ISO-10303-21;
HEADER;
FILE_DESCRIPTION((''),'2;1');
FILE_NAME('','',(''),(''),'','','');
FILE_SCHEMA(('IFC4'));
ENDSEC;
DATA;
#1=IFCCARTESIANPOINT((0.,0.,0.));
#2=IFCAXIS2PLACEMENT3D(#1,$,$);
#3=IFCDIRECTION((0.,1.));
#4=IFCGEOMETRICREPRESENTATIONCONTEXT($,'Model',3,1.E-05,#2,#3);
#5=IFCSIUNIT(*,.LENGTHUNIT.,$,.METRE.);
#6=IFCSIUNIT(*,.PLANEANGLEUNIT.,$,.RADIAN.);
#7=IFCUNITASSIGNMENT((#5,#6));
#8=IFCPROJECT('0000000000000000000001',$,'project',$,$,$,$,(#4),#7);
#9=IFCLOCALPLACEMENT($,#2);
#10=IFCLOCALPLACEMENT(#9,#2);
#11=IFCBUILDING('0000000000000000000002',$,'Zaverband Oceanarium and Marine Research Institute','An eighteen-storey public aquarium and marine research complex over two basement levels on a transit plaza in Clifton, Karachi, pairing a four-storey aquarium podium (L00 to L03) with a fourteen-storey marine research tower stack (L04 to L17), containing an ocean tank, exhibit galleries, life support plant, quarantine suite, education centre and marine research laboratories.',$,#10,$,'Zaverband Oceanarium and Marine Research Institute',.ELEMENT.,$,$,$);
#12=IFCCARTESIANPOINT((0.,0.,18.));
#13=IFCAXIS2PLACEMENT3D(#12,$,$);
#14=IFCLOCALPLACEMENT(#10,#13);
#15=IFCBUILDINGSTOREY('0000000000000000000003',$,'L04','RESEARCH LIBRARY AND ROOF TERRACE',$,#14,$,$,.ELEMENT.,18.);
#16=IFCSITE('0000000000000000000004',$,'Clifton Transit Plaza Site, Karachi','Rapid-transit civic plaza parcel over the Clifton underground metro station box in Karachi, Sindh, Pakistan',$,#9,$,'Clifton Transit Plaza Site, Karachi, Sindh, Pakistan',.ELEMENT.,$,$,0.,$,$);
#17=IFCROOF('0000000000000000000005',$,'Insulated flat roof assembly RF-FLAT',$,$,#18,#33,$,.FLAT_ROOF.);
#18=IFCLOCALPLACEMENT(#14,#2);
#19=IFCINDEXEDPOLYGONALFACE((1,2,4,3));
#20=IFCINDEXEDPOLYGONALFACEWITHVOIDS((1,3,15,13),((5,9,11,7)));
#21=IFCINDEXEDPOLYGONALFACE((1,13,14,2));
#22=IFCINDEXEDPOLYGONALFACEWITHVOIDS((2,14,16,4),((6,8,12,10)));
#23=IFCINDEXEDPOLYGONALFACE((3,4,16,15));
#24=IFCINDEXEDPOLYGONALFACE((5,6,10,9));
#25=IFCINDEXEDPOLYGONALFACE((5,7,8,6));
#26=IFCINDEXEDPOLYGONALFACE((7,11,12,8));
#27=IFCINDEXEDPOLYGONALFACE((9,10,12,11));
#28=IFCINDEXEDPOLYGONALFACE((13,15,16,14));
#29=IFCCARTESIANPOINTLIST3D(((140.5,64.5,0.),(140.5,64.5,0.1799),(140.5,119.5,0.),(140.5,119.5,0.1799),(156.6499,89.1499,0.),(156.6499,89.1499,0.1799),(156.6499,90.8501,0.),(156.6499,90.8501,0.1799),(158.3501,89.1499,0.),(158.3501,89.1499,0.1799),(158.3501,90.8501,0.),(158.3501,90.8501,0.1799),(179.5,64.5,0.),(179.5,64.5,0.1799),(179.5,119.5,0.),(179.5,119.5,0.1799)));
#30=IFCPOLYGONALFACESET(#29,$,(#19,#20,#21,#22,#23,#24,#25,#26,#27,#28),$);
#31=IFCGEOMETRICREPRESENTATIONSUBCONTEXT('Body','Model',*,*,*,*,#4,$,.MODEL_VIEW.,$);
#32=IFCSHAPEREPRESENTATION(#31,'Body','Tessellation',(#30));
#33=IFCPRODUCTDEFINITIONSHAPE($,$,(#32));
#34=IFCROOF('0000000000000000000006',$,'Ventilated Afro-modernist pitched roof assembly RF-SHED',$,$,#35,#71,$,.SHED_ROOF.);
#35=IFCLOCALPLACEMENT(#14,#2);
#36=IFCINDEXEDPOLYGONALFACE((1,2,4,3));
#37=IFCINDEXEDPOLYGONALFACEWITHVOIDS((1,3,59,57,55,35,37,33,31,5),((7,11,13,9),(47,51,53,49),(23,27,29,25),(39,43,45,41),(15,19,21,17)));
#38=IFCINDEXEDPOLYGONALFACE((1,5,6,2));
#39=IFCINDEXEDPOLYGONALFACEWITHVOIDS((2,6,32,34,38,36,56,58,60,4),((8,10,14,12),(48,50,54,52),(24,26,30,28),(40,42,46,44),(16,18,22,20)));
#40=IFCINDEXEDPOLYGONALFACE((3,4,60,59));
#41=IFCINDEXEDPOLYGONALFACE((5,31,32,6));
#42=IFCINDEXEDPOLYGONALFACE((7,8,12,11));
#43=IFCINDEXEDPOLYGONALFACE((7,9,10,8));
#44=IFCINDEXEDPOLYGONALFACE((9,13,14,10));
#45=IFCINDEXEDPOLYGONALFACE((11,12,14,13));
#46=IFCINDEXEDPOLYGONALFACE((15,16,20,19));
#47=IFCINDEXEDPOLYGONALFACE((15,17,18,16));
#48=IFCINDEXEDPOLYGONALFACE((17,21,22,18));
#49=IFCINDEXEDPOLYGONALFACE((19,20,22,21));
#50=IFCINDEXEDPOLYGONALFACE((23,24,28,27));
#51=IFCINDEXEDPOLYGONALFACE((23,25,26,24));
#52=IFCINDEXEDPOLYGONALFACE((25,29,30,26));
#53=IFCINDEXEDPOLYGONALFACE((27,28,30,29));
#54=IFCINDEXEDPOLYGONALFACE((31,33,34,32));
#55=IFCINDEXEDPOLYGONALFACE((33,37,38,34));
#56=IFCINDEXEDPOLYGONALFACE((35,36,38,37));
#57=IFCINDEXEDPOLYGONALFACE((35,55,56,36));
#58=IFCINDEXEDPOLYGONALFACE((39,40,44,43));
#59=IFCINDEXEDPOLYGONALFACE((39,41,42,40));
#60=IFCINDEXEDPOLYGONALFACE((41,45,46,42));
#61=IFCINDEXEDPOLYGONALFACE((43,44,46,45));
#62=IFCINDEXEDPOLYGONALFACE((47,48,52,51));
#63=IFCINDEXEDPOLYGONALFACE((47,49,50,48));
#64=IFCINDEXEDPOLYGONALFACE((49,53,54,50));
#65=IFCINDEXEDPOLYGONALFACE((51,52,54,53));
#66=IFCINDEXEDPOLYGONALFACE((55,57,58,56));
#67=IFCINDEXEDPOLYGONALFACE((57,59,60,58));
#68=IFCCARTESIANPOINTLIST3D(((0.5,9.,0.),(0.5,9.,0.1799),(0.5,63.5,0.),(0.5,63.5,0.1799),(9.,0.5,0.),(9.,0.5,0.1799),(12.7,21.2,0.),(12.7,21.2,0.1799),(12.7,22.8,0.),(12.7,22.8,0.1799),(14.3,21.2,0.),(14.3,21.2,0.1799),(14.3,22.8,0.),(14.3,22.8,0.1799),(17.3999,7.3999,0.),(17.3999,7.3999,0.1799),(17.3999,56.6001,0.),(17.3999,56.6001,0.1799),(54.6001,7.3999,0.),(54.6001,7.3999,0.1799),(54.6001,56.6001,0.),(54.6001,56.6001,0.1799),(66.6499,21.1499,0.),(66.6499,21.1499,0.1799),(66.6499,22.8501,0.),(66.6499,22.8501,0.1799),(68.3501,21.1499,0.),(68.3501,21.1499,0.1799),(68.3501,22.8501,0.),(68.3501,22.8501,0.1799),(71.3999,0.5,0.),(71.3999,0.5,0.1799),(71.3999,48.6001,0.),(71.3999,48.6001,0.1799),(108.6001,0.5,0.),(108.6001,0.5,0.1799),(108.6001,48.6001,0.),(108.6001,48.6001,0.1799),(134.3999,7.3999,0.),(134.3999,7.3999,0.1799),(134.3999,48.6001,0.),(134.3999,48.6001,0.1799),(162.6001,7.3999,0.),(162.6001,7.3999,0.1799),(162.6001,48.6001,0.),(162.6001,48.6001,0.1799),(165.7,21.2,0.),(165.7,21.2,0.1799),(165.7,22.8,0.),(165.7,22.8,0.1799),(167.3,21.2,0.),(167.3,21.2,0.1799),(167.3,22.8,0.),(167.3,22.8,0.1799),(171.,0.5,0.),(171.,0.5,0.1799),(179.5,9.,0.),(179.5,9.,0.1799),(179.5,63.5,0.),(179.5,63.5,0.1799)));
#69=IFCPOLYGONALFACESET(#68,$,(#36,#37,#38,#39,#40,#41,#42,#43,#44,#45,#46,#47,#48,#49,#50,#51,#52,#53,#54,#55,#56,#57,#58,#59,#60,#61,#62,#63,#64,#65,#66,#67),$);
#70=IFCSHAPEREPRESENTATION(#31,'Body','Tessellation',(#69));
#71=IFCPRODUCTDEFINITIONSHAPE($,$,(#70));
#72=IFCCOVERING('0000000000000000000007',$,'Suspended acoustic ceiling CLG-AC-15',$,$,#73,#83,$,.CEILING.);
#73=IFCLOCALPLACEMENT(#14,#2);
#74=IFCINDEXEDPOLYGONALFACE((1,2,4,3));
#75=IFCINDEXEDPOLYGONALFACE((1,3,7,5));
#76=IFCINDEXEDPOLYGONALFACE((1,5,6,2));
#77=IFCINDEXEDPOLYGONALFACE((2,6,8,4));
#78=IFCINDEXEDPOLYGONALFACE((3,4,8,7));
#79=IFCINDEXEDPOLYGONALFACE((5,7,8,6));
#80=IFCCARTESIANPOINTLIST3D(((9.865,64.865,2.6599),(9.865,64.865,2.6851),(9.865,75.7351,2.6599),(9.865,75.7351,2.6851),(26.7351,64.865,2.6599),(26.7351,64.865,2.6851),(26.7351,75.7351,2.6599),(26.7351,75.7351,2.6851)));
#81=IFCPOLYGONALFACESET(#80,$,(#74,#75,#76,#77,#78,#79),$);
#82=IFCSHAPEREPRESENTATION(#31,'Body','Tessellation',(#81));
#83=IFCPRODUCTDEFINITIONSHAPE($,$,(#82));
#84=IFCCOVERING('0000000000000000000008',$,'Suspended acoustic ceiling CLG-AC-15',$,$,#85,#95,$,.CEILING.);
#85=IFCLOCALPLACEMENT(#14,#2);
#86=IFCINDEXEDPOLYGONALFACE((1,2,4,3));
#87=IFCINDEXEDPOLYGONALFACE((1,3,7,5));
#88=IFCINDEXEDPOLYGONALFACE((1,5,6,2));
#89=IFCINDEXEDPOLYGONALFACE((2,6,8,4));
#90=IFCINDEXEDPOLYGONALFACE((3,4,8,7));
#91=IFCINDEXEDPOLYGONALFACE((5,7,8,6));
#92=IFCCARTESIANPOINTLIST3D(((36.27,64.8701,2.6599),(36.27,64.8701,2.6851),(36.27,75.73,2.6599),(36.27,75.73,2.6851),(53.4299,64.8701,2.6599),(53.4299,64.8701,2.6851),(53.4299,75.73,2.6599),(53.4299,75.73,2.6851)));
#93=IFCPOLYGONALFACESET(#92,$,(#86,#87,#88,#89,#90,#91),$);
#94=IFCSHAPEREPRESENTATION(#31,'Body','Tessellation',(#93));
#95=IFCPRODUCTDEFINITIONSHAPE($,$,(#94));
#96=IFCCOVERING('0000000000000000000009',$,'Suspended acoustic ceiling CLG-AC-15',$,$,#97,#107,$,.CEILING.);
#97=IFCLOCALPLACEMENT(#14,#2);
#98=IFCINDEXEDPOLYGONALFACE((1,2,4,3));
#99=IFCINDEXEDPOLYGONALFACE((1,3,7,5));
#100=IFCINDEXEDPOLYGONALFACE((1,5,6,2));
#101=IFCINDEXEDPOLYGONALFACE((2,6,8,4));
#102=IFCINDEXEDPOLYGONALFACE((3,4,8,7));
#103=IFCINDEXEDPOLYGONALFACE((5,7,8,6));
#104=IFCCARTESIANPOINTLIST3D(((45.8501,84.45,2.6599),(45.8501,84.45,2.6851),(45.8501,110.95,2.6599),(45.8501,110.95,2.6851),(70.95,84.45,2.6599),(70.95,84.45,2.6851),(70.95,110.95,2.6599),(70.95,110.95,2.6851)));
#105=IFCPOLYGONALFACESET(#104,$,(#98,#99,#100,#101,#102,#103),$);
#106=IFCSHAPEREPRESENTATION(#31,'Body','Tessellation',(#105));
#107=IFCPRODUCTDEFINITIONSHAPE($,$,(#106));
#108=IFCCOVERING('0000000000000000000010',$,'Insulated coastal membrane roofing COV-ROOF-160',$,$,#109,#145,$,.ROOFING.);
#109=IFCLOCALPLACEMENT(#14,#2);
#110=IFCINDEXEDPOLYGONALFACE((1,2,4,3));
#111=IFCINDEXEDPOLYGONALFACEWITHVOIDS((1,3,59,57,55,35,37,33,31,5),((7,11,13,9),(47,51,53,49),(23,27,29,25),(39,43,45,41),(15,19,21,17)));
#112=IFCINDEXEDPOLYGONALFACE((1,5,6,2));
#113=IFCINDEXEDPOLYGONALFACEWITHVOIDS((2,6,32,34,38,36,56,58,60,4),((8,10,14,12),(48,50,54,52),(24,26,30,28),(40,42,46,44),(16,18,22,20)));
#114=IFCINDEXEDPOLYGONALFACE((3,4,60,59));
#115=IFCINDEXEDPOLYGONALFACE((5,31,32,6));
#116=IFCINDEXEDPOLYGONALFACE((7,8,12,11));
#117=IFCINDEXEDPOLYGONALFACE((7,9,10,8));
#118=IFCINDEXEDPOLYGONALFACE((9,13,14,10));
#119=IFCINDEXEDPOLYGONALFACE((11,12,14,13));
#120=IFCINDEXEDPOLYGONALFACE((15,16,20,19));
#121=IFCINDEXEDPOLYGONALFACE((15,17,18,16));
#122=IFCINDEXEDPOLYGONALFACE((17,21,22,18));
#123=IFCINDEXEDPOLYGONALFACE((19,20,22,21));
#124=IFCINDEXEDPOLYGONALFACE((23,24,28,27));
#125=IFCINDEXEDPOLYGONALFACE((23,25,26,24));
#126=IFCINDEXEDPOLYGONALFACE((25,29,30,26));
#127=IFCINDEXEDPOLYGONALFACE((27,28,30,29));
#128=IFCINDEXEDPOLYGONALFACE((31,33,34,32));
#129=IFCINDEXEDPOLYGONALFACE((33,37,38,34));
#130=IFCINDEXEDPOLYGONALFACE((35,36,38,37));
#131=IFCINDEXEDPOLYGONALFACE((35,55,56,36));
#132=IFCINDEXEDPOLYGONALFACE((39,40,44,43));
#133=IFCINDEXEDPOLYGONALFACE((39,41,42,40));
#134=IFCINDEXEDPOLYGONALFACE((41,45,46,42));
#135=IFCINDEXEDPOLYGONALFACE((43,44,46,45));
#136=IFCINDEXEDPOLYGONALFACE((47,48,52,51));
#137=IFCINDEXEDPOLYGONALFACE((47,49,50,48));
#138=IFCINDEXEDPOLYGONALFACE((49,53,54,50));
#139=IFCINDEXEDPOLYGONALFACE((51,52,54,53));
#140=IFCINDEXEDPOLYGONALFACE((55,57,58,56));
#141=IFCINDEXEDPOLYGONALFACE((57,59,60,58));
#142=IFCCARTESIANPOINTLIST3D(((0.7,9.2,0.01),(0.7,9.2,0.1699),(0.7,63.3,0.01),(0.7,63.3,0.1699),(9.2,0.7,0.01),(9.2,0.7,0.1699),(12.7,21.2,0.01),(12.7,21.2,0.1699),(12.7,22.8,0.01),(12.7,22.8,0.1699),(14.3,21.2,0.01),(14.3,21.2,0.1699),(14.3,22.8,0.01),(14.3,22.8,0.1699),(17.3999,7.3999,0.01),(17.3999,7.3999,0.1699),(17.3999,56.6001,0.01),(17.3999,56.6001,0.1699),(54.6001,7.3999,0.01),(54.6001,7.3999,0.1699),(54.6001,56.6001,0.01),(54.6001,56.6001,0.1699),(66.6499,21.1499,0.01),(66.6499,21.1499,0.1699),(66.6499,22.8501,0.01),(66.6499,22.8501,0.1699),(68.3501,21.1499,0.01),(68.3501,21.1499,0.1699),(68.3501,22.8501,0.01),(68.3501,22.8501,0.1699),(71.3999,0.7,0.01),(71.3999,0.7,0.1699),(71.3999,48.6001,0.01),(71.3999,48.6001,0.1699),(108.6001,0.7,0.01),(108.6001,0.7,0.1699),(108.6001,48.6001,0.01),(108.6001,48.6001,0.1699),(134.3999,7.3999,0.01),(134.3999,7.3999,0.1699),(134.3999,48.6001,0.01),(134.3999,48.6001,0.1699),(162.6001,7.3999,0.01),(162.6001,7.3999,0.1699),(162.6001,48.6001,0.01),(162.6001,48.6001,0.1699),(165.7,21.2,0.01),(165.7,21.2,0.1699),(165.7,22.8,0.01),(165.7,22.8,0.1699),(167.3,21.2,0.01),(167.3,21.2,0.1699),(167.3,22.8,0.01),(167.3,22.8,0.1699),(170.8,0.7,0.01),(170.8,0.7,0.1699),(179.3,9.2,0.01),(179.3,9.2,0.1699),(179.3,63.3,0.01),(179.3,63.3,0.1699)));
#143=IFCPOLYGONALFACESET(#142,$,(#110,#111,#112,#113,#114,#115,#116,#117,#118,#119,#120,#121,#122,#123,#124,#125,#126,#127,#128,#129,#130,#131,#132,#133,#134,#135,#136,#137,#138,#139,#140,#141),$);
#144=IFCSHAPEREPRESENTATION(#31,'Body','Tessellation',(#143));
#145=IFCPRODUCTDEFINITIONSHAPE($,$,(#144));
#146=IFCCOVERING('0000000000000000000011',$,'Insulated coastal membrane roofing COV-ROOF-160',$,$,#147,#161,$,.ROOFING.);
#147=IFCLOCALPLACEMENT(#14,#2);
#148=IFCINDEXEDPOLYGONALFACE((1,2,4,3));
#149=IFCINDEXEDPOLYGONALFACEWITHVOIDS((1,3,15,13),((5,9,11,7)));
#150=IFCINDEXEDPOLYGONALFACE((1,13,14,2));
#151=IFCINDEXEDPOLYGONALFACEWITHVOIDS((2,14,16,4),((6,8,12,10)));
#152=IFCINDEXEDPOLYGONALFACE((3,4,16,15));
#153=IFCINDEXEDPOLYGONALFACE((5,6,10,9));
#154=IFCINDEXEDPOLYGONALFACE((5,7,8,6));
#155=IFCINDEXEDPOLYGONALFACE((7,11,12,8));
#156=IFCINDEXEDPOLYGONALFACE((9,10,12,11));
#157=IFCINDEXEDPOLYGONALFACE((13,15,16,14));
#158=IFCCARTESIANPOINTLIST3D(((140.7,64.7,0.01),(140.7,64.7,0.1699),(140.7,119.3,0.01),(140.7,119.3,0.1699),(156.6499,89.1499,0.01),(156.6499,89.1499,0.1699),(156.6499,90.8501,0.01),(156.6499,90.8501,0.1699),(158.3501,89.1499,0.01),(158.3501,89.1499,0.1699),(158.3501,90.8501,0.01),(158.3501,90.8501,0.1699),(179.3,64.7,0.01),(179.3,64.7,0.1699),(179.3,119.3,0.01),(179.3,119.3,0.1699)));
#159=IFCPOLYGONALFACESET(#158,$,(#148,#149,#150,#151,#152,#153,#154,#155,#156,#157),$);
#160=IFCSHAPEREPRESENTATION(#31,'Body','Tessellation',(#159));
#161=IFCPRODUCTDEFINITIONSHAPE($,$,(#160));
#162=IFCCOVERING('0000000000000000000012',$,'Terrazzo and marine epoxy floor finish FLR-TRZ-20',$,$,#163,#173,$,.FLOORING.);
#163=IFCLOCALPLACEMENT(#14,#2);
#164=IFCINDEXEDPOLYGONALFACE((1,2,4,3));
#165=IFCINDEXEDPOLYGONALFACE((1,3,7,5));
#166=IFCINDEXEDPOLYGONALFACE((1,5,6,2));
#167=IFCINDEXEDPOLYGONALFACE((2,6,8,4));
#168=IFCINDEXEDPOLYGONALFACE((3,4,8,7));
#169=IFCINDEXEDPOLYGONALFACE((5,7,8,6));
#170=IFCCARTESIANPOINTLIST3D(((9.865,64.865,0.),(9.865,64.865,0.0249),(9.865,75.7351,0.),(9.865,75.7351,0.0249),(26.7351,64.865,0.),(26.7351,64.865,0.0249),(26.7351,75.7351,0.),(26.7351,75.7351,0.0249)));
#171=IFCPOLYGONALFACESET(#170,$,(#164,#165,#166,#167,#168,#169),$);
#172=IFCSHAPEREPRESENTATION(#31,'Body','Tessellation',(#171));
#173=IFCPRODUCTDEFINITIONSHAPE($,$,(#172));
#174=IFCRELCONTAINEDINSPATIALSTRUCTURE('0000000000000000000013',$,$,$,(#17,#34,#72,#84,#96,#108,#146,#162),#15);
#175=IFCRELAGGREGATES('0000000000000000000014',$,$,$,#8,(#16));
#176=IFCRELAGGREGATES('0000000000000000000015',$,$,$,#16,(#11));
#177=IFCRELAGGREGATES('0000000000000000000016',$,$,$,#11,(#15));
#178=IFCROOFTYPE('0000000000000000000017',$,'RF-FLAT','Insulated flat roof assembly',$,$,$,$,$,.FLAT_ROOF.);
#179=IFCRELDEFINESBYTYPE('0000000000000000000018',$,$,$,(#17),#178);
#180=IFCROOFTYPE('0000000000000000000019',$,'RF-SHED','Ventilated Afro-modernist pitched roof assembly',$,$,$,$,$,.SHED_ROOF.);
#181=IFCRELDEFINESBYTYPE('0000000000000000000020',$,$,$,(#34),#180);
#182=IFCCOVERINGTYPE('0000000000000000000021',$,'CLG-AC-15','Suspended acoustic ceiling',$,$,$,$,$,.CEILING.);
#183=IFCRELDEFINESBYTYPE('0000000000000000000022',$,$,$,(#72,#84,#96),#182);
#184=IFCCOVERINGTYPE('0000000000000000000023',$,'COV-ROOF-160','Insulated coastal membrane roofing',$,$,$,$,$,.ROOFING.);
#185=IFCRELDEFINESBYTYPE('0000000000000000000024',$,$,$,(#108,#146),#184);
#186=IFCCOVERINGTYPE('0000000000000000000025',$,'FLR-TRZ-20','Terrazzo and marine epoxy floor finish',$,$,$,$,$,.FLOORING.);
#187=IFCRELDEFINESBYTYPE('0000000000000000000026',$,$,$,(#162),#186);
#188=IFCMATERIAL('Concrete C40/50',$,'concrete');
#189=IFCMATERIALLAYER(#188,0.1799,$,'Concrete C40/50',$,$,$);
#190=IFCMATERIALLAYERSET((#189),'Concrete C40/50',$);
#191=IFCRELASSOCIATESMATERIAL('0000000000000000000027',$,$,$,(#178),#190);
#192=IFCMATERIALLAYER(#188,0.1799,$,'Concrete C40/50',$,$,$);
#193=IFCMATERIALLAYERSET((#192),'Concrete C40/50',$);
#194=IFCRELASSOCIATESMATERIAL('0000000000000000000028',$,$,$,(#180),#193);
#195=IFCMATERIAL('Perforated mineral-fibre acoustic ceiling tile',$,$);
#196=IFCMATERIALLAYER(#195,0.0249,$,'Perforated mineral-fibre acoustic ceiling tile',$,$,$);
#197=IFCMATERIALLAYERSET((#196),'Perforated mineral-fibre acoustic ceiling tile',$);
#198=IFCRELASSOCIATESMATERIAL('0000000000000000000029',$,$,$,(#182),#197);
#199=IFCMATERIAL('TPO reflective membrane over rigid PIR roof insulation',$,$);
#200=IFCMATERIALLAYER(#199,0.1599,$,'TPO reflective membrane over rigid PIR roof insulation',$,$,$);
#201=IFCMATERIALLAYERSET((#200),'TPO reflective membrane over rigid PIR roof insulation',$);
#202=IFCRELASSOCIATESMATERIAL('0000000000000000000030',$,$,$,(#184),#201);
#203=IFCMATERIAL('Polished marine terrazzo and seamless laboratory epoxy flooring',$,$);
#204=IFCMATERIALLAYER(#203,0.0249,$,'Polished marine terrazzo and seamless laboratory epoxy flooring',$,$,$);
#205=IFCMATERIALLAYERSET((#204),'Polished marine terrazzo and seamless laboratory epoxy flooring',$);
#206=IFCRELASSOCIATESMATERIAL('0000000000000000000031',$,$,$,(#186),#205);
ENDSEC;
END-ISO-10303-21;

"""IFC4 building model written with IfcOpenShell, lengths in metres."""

from ifc_helpers import new_model, si_unit, direction, frame, origin, place, context, subcontext, project, spatial, polyline, outline, extrude, material, layer, layer_set, type_object, element, save


model = new_model("IFC4")

# Units and contexts
model_context = context("Model", 3, precision=1e-05, world=origin(), true_north=direction((0.0, 1.0)))
body_context = subcontext(model_context, "Body", "Model", "MODEL_VIEW")
ifc_project = project(units=[si_unit("LENGTHUNIT", "METRE"), si_unit("PLANEANGLEUNIT", "RADIAN")], contexts=[model_context])

# Site, building, storey
site_placement = place(None, origin())
site = spatial("IfcSite", under=ifc_project, at=site_placement, Name="Clifton Transit Plaza Site, Karachi", Description="Rapid-transit civic plaza parcel over the Clifton underground metro station box in Karachi, Sindh, Pakistan", LongName="Clifton Transit Plaza Site, Karachi, Sindh, Pakistan", CompositionType="ELEMENT", RefElevation=0.0)
building_placement = place(site_placement, origin())
building = spatial("IfcBuilding", under=site, at=building_placement, Name="Zaverband Oceanarium and Marine Research Institute", Description="An eighteen-storey public aquarium and marine research complex over two basement levels on a transit plaza in Clifton, Karachi, pairing a four-storey aquarium podium (L00 to L03) with a fourteen-storey marine research tower stack (L04 to L17), containing an ocean tank, exhibit galleries, life support plant, quarantine suite, education centre and marine research laboratories.", LongName="Zaverband Oceanarium and Marine Research Institute", CompositionType="ELEMENT")
storey_placement = place(building_placement, frame((0.0, 0.0, 18.0)))
storey = spatial("IfcBuildingStorey", under=building, at=storey_placement, Name="L04", Description="RESEARCH LIBRARY AND ROOF TERRACE", CompositionType="ELEMENT", Elevation=18.0)

# Shared definitions
ifc_material_1 = material(Name="Concrete C40/50", Category="concrete")

# Roofs
ifc_layer_1 = layer(ifc_material_1, 0.1799, Name="Concrete C40/50")
ifc_layer_set_1 = layer_set([ifc_layer_1], Name="Concrete C40/50")
roof_type_1 = type_object("IfcRoofType", Name="RF-FLAT", Description="Insulated flat roof assembly", PredefinedType="FLAT_ROOF", material=ifc_layer_set_1)
roof_1_placement = place(storey_placement, origin())
element("IfcRoof", 1, at=roof_1_placement, inside=storey, type_object=roof_type_1, Name="Insulated flat roof assembly RF-FLAT", PredefinedType="FLAT_ROOF", context=body_context, shape_type="SweptSolid", body=[
    extrude(outline(polyline([(140.5, 119.5), (179.5, 119.5), (179.5, 64.5), (140.5, 64.5), (140.5, 119.5)]), holes=[polyline([(156.6499, 90.8501), (156.6499, 89.1499), (158.3501, 89.1499), (158.3501, 90.8501), (156.6499, 90.8501)])]), origin(), (0.0, 0.0, 1.0), 0.1799),
])
ifc_layer_2 = layer(ifc_material_1, 0.1799, Name="Concrete C40/50")
ifc_layer_set_2 = layer_set([ifc_layer_2], Name="Concrete C40/50")
roof_type_2 = type_object("IfcRoofType", Name="RF-SHED", Description="Ventilated Afro-modernist pitched roof assembly", PredefinedType="SHED_ROOF", material=ifc_layer_set_2)
roof_2_placement = place(storey_placement, origin())
element("IfcRoof", 2, at=roof_2_placement, inside=storey, type_object=roof_type_2, Name="Ventilated Afro-modernist pitched roof assembly RF-SHED", PredefinedType="SHED_ROOF", context=body_context, shape_type="SweptSolid", body=[
    extrude(outline(polyline([(9.0, 0.5), (0.5, 9.0), (0.5, 63.5), (179.5, 63.5), (179.5, 9.0), (171.0, 0.5), (108.6001, 0.5), (108.6001, 48.6001), (71.3999, 48.6001), (71.3999, 0.5), (9.0, 0.5)]), holes=[polyline([(12.7, 22.8), (12.7, 21.2), (14.3, 21.2), (14.3, 22.8), (12.7, 22.8)]), polyline([(68.3501, 22.8501), (66.6499, 22.8501), (66.6499, 21.1499), (68.3501, 21.1499), (68.3501, 22.8501)]), polyline([(167.3, 22.8), (165.7, 22.8), (165.7, 21.2), (167.3, 21.2), (167.3, 22.8)]), polyline([(162.6001, 48.6001), (134.3999, 48.6001), (134.3999, 7.3999), (162.6001, 7.3999), (162.6001, 48.6001)]), polyline([(54.6001, 56.6001), (17.3999, 56.6001), (17.3999, 7.3999), (54.6001, 7.3999), (54.6001, 56.6001)])]), origin(), (0.0, 0.0, 1.0), 0.1799),
])

# Coverings
ifc_material_2 = material(Name="Perforated mineral-fibre acoustic ceiling tile")
ifc_layer_3 = layer(ifc_material_2, 0.0249, Name="Perforated mineral-fibre acoustic ceiling tile")
ifc_layer_set_3 = layer_set([ifc_layer_3], Name="Perforated mineral-fibre acoustic ceiling tile")
covering_type_1 = type_object("IfcCoveringType", Name="CLG-AC-15", Description="Suspended acoustic ceiling", PredefinedType="CEILING", material=ifc_layer_set_3)
covering_1_placement = place(storey_placement, frame((0.0, 0.0, 2.6599)))
element("IfcCovering", 3, at=covering_1_placement, inside=storey, type_object=covering_type_1, Name="Suspended acoustic ceiling CLG-AC-15", PredefinedType="CEILING", context=body_context, shape_type="SweptSolid", body=[
    extrude(outline(polyline([(9.865, 64.865), (26.7351, 64.865), (26.7351, 75.7351), (9.865, 75.7351), (9.865, 64.865)])), origin(), (0.0, 0.0, 1.0), 0.0251),
])
covering_2_placement = place(storey_placement, frame((0.0, 0.0, 2.6599)))
element("IfcCovering", 4, at=covering_2_placement, inside=storey, type_object=covering_type_1, Name="Suspended acoustic ceiling CLG-AC-15", PredefinedType="CEILING", context=body_context, shape_type="SweptSolid", body=[
    extrude(outline(polyline([(36.27, 64.8701), (53.4299, 64.8701), (53.4299, 75.73), (36.27, 75.73), (36.27, 64.8701)])), origin(), (0.0, 0.0, 1.0), 0.0251),
])
covering_3_placement = place(storey_placement, frame((0.0, 0.0, 2.6599)))
element("IfcCovering", 5, at=covering_3_placement, inside=storey, type_object=covering_type_1, Name="Suspended acoustic ceiling CLG-AC-15", PredefinedType="CEILING", context=body_context, shape_type="SweptSolid", body=[
    extrude(outline(polyline([(45.8501, 84.45), (70.95, 84.45), (70.95, 110.95), (45.8501, 110.95), (45.8501, 84.45)])), origin(), (0.0, 0.0, 1.0), 0.0251),
])
ifc_material_3 = material(Name="TPO reflective membrane over rigid PIR roof insulation")
ifc_layer_4 = layer(ifc_material_3, 0.1599, Name="TPO reflective membrane over rigid PIR roof insulation")
ifc_layer_set_4 = layer_set([ifc_layer_4], Name="TPO reflective membrane over rigid PIR roof insulation")
covering_type_2 = type_object("IfcCoveringType", Name="COV-ROOF-160", Description="Insulated coastal membrane roofing", PredefinedType="ROOFING", material=ifc_layer_set_4)
covering_4_placement = place(storey_placement, frame((0.0, 0.0, 0.01)))
element("IfcCovering", 6, at=covering_4_placement, inside=storey, type_object=covering_type_2, Name="Insulated coastal membrane roofing COV-ROOF-160", PredefinedType="ROOFING", context=body_context, shape_type="SweptSolid", body=[
    extrude(outline(polyline([(9.2, 0.7), (0.7, 9.2), (0.7, 63.3), (179.3, 63.3), (179.3, 9.2), (170.8, 0.7), (108.6001, 0.7), (108.6001, 48.6001), (71.3999, 48.6001), (71.3999, 0.7), (9.2, 0.7)]), holes=[polyline([(12.7, 22.8), (12.7, 21.2), (14.3, 21.2), (14.3, 22.8), (12.7, 22.8)]), polyline([(68.3501, 22.8501), (66.6499, 22.8501), (66.6499, 21.1499), (68.3501, 21.1499), (68.3501, 22.8501)]), polyline([(167.3, 22.8), (165.7, 22.8), (165.7, 21.2), (167.3, 21.2), (167.3, 22.8)]), polyline([(162.6001, 48.6001), (134.3999, 48.6001), (134.3999, 7.3999), (162.6001, 7.3999), (162.6001, 48.6001)]), polyline([(54.6001, 56.6001), (17.3999, 56.6001), (17.3999, 7.3999), (54.6001, 7.3999), (54.6001, 56.6001)])]), origin(), (0.0, 0.0, 1.0), 0.1599),
])
covering_5_placement = place(storey_placement, frame((0.0, 0.0, 0.01)))
element("IfcCovering", 7, at=covering_5_placement, inside=storey, type_object=covering_type_2, Name="Insulated coastal membrane roofing COV-ROOF-160", PredefinedType="ROOFING", context=body_context, shape_type="SweptSolid", body=[
    extrude(outline(polyline([(140.7, 119.3), (179.3, 119.3), (179.3, 64.7), (140.7, 64.7), (140.7, 119.3)]), holes=[polyline([(156.6499, 90.8501), (156.6499, 89.1499), (158.3501, 89.1499), (158.3501, 90.8501), (156.6499, 90.8501)])]), origin(), (0.0, 0.0, 1.0), 0.1599),
])
ifc_material_4 = material(Name="Polished marine terrazzo and seamless laboratory epoxy flooring")
ifc_layer_5 = layer(ifc_material_4, 0.0249, Name="Polished marine terrazzo and seamless laboratory epoxy flooring")
ifc_layer_set_5 = layer_set([ifc_layer_5], Name="Polished marine terrazzo and seamless laboratory epoxy flooring")
covering_type_3 = type_object("IfcCoveringType", Name="FLR-TRZ-20", Description="Terrazzo and marine epoxy floor finish", PredefinedType="FLOORING", material=ifc_layer_set_5)
covering_6_placement = place(storey_placement, origin())
element("IfcCovering", 8, at=covering_6_placement, inside=storey, type_object=covering_type_3, Name="Terrazzo and marine epoxy floor finish FLR-TRZ-20", PredefinedType="FLOORING", context=body_context, shape_type="SweptSolid", body=[
    extrude(outline(polyline([(9.865, 64.865), (26.7351, 64.865), (26.7351, 75.7351), (9.865, 75.7351), (9.865, 64.865)])), origin(), (0.0, 0.0, 1.0), 0.0249),
])

save(model, "model.ifc")
